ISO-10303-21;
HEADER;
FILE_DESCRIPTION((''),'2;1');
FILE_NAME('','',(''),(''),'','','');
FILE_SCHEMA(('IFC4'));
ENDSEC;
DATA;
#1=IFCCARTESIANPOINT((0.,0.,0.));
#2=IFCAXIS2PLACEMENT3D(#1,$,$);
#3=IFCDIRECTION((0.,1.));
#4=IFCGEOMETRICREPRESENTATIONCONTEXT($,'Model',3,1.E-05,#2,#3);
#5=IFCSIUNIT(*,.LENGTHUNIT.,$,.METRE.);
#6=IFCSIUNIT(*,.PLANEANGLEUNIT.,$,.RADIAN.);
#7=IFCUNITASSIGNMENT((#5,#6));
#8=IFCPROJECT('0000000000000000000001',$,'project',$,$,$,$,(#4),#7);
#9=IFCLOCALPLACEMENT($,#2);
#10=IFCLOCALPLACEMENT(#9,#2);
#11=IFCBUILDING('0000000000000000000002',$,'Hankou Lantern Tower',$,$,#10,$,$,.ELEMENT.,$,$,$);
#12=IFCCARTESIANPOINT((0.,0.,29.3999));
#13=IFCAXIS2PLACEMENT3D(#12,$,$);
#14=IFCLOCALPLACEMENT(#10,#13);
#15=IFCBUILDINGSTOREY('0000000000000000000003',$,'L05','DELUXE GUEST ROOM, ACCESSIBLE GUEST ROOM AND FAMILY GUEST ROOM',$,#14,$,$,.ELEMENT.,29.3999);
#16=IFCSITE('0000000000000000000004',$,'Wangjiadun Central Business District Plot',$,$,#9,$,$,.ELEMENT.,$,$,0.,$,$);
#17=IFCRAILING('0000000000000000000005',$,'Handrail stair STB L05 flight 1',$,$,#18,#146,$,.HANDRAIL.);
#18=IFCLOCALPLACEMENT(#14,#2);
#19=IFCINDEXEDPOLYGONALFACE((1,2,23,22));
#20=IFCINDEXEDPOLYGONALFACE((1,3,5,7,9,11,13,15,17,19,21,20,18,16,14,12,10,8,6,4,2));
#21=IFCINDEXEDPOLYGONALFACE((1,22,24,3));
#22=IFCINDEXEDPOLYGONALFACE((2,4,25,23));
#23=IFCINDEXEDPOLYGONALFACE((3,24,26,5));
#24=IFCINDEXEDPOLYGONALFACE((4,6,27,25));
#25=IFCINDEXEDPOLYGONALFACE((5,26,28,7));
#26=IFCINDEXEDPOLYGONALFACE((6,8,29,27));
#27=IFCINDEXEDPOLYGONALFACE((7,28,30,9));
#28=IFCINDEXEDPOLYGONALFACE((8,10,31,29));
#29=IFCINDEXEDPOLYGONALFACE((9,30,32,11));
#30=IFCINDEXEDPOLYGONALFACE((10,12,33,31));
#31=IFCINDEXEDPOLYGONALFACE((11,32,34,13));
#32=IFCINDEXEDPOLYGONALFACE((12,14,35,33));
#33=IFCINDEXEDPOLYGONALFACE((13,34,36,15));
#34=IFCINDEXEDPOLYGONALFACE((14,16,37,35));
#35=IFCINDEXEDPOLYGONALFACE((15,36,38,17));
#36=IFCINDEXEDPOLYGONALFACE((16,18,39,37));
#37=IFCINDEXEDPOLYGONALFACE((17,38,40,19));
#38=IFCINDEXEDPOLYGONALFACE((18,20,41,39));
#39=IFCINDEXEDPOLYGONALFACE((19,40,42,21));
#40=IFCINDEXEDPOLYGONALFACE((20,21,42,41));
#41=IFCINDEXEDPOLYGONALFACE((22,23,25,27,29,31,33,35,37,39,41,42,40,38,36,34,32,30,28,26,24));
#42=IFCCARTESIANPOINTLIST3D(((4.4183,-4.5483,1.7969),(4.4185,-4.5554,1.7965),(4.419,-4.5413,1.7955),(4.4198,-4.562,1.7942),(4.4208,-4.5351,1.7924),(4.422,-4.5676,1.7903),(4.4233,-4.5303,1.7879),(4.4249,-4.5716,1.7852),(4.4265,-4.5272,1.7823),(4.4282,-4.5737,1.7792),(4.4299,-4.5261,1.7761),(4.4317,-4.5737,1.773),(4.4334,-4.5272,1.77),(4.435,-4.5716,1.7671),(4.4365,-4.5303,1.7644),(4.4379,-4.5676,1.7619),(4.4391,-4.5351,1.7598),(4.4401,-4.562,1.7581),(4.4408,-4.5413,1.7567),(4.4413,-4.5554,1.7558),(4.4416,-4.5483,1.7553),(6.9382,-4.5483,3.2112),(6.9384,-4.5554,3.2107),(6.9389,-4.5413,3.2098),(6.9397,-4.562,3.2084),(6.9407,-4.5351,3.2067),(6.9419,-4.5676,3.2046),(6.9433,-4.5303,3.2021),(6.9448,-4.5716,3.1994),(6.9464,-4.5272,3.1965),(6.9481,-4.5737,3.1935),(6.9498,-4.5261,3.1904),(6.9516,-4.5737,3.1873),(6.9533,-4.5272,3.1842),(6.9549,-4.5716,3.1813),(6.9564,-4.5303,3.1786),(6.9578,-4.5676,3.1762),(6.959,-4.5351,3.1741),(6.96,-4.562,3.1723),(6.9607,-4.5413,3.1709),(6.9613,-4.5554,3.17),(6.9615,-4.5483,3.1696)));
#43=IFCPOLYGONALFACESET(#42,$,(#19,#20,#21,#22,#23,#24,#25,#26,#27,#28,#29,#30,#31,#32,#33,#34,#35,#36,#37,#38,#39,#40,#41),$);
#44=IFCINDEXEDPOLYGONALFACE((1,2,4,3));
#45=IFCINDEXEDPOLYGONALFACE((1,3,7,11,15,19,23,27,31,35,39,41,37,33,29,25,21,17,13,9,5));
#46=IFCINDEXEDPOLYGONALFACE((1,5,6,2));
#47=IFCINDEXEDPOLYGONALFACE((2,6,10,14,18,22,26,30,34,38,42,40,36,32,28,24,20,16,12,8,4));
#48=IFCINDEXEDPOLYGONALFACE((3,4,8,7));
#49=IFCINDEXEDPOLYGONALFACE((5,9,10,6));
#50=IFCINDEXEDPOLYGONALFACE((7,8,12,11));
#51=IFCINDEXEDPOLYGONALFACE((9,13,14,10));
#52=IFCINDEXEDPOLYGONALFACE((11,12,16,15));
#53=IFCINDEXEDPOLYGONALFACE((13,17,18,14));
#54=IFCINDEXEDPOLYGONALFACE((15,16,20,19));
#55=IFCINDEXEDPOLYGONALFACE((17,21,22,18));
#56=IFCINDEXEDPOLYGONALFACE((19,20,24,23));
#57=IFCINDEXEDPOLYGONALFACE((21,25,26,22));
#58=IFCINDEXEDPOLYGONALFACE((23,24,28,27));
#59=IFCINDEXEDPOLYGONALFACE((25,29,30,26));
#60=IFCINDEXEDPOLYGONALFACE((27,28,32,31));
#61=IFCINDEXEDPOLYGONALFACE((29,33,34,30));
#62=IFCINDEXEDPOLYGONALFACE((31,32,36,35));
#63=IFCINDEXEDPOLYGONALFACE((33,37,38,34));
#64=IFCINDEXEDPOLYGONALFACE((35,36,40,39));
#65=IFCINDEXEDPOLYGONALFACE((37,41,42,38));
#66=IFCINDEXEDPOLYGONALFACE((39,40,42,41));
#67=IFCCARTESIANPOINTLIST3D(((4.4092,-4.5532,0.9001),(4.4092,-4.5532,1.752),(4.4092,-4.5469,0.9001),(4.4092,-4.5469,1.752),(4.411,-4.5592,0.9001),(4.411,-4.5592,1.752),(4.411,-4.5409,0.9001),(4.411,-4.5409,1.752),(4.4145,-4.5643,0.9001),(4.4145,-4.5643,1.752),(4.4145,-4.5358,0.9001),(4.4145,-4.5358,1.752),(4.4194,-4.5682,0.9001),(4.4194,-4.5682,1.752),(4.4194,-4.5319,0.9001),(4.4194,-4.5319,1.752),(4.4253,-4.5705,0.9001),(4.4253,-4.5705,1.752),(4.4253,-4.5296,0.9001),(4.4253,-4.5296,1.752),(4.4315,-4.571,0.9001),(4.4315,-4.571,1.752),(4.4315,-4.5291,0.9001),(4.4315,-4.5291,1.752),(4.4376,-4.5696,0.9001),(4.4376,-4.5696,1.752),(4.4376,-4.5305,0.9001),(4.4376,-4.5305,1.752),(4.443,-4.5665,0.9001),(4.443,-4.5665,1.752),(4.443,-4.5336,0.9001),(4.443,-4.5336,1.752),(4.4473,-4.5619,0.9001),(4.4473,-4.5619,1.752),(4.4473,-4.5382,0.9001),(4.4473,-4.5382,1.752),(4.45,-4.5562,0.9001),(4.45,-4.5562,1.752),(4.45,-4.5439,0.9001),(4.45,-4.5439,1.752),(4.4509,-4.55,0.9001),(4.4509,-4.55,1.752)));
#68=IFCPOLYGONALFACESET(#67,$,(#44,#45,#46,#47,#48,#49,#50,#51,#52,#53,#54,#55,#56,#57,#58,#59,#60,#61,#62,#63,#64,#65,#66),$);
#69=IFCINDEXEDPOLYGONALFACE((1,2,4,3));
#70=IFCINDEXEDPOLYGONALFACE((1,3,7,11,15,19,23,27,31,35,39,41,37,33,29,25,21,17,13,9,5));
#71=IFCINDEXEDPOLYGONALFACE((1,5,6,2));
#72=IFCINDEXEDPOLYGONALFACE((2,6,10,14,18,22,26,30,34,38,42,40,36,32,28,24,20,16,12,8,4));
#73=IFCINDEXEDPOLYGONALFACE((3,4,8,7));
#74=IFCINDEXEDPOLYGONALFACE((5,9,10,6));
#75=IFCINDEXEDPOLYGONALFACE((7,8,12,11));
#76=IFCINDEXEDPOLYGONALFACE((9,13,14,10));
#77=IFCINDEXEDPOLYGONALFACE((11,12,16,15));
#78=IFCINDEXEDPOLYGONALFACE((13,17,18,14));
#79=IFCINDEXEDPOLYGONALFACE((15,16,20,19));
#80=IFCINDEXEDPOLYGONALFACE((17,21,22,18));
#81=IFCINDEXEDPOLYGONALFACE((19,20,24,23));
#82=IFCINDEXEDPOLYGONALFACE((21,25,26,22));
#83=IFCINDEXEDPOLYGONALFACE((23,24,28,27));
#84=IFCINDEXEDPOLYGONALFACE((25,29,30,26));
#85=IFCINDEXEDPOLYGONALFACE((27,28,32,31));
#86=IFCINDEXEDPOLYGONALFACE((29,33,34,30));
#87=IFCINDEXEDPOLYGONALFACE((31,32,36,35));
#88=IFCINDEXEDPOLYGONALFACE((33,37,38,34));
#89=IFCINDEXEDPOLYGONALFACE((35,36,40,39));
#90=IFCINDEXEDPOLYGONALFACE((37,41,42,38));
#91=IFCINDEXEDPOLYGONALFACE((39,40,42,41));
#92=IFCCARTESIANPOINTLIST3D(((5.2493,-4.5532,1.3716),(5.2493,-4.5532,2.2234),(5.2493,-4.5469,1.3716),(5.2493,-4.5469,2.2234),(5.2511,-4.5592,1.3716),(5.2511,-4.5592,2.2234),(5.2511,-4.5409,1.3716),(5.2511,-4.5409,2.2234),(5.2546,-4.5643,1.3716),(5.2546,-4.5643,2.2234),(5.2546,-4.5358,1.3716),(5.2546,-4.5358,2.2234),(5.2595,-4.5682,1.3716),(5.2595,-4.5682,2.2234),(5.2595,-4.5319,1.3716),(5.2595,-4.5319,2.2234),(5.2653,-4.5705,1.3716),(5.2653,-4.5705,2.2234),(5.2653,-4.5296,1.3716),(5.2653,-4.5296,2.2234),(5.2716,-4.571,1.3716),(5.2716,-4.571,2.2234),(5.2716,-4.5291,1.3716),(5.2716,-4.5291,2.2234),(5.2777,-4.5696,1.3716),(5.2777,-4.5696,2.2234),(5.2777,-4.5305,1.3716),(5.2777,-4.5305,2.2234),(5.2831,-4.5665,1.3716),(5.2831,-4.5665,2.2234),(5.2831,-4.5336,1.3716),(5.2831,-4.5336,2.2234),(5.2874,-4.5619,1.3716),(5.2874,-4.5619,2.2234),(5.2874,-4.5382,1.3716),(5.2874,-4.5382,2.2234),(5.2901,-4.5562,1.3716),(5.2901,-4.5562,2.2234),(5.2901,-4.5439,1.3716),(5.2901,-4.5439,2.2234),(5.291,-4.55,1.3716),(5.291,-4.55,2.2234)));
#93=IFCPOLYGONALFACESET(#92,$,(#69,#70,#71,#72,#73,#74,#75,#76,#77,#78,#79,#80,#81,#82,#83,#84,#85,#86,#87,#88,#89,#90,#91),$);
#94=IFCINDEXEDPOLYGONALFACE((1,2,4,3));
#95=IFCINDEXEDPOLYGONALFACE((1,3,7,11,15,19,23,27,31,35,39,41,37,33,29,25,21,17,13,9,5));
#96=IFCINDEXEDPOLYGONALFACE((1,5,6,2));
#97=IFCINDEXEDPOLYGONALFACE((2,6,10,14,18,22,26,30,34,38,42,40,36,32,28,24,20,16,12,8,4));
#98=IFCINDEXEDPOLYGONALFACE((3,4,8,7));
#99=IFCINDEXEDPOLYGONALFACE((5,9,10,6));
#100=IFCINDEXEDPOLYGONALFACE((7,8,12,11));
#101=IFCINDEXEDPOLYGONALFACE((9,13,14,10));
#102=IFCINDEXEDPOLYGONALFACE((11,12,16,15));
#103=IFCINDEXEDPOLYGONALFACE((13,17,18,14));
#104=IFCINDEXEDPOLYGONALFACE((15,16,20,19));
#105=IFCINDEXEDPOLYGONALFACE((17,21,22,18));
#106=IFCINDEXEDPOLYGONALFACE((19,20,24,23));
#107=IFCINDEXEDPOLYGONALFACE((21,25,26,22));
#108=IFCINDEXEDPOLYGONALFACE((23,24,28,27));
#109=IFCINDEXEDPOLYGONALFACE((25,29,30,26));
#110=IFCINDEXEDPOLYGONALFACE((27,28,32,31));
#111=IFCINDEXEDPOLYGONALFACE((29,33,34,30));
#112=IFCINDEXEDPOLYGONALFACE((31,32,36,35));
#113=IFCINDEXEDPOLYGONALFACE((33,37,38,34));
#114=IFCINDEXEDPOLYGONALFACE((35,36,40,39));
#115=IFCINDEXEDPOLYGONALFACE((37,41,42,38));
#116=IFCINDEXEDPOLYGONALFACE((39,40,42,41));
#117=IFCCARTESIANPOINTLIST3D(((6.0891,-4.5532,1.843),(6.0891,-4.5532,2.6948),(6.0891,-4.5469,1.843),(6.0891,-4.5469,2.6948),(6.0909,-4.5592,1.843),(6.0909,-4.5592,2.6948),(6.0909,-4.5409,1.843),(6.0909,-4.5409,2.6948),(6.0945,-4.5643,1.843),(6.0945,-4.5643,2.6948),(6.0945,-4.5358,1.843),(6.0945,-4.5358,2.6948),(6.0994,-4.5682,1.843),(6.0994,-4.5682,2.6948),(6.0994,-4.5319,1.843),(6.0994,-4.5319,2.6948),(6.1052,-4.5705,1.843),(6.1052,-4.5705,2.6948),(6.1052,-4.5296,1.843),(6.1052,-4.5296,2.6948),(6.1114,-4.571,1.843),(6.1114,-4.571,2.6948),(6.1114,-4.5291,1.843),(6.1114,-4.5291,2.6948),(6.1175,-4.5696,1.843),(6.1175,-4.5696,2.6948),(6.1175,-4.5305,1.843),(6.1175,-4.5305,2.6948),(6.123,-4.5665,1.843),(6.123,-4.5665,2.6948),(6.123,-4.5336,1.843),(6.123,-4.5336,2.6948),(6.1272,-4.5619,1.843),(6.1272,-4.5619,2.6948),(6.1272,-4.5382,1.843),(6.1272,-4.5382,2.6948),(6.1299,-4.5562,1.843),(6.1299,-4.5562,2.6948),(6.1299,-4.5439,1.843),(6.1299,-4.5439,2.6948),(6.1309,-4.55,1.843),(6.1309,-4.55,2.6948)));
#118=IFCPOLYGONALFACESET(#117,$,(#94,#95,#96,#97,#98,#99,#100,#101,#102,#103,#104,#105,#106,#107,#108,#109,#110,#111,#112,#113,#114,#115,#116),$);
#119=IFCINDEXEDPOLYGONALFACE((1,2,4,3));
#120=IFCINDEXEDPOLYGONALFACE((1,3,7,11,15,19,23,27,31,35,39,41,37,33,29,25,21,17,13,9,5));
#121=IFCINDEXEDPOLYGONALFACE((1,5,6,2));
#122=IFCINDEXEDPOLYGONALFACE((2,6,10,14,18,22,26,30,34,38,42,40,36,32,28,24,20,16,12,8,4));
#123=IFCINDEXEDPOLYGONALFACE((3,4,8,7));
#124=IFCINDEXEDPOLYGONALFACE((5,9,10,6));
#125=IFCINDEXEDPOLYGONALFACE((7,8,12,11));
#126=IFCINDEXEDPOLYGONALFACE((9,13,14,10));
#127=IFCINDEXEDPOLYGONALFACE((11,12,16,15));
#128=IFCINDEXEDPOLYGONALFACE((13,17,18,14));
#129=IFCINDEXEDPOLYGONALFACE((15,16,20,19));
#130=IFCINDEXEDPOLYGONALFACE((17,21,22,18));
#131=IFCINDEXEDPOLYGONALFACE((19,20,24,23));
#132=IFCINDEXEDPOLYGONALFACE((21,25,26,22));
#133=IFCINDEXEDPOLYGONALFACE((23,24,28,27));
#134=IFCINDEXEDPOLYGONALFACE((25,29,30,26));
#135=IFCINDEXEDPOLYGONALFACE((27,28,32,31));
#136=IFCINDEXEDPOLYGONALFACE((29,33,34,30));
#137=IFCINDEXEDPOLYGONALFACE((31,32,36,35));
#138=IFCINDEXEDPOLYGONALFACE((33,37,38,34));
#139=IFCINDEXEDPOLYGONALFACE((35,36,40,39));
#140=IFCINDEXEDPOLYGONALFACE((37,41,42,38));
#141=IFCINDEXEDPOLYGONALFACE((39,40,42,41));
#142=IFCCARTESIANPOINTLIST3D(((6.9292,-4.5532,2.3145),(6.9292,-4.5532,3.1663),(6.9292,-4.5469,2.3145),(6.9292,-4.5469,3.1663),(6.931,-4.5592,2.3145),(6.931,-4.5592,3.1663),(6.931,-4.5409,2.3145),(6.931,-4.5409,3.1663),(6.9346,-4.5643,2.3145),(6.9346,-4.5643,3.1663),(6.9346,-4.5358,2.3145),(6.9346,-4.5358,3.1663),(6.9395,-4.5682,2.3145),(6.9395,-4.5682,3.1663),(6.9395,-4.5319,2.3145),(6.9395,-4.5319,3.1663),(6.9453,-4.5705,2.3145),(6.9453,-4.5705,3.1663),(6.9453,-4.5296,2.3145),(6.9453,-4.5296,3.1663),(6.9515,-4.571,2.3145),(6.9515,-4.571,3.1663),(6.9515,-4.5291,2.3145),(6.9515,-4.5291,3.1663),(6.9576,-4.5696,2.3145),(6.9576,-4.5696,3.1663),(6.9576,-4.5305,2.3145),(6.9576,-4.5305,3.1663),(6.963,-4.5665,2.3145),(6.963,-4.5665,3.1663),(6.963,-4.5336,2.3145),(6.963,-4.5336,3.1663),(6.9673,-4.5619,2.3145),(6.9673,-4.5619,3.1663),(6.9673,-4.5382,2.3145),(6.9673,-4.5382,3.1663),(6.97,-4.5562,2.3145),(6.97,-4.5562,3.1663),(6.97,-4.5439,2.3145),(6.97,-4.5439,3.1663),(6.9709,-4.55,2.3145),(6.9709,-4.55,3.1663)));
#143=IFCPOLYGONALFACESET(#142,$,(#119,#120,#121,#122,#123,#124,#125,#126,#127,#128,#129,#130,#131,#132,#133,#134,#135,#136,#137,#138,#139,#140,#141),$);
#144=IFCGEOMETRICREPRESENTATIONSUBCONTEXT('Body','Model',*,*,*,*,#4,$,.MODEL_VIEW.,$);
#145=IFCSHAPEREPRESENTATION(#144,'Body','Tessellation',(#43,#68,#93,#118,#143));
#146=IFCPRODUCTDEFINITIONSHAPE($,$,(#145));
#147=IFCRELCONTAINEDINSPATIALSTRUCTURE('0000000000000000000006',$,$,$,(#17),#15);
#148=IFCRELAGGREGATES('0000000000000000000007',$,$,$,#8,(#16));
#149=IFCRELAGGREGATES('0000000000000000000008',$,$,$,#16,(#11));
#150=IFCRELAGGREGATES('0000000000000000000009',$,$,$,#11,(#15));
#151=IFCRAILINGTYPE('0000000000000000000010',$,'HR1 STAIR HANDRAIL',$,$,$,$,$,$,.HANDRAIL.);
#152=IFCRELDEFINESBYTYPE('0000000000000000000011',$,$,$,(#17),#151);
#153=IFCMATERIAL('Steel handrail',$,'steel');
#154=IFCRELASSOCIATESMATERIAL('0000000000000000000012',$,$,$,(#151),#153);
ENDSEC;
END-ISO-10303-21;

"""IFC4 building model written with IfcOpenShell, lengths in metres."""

from ifc_helpers import new_model, si_unit, direction, frame, origin, origin_2d, place, context, subcontext, project, spatial, circle, extrude, material, type_object, element, save


model = new_model("IFC4")

# Units and contexts
model_context = context("Model", 3, precision=1e-05, world=origin(), true_north=direction((0.0, 1.0)))
body_context = subcontext(model_context, "Body", "Model", "MODEL_VIEW")
ifc_project = project(units=[si_unit("LENGTHUNIT", "METRE"), si_unit("PLANEANGLEUNIT", "RADIAN")], contexts=[model_context])

# Site, building, storey
site_placement = place(None, origin())
site = spatial("IfcSite", under=ifc_project, at=site_placement, Name="Wangjiadun Central Business District Plot", CompositionType="ELEMENT", RefElevation=0.0)
building_placement = place(site_placement, origin())
building = spatial("IfcBuilding", under=site, at=building_placement, Name="Hankou Lantern Tower", CompositionType="ELEMENT")
storey_placement = place(building_placement, frame((0.0, 0.0, 29.3999)))
storey = spatial("IfcBuildingStorey", under=building, at=storey_placement, Name="L05", Description="DELUXE GUEST ROOM, ACCESSIBLE GUEST ROOM AND FAMILY GUEST ROOM", CompositionType="ELEMENT", Elevation=29.3999)

# Railing
ifc_material_1 = material(Name="Steel handrail", Category="steel")
railing_type = type_object("IfcRailingType", Name="HR1 STAIR HANDRAIL", PredefinedType="HANDRAIL", material=ifc_material_1)
railing_1_placement = place(storey_placement, frame((4.4299, -4.55, 0.9001)))
element("IfcRailing", 1, at=railing_1_placement, inside=storey, type_object=railing_type, Name="Handrail stair STB L05 flight 1", PredefinedType="HANDRAIL", context=body_context, shape_type="SweptSolid", body=[
    extrude(circle(Radius=0.0239, at=origin_2d()), frame((0.0, 0.0, 0.876), z_axis=(0.872049, 0.0, 0.489419), x_axis=(0.0, 1.0, 0.0)), (0.0, 0.0, 1.0), 2.8896),
    extrude(circle(Radius=0.021, at=origin_2d()), origin(), (0.0, 0.0, 1.0), 0.8518),
    extrude(circle(Radius=0.021, at=origin_2d()), frame((0.8401, 0.0, 0.4714)), (0.0, 0.0, 1.0), 0.8518),
    extrude(circle(Radius=0.021, at=origin_2d()), frame((1.6799, 0.0, 0.9429)), (0.0, 0.0, 1.0), 0.8518),
    extrude(circle(Radius=0.021, at=origin_2d()), frame((2.52, 0.0, 1.4143)), (0.0, 0.0, 1.0), 0.8518),
])

save(model, "model.ifc")
